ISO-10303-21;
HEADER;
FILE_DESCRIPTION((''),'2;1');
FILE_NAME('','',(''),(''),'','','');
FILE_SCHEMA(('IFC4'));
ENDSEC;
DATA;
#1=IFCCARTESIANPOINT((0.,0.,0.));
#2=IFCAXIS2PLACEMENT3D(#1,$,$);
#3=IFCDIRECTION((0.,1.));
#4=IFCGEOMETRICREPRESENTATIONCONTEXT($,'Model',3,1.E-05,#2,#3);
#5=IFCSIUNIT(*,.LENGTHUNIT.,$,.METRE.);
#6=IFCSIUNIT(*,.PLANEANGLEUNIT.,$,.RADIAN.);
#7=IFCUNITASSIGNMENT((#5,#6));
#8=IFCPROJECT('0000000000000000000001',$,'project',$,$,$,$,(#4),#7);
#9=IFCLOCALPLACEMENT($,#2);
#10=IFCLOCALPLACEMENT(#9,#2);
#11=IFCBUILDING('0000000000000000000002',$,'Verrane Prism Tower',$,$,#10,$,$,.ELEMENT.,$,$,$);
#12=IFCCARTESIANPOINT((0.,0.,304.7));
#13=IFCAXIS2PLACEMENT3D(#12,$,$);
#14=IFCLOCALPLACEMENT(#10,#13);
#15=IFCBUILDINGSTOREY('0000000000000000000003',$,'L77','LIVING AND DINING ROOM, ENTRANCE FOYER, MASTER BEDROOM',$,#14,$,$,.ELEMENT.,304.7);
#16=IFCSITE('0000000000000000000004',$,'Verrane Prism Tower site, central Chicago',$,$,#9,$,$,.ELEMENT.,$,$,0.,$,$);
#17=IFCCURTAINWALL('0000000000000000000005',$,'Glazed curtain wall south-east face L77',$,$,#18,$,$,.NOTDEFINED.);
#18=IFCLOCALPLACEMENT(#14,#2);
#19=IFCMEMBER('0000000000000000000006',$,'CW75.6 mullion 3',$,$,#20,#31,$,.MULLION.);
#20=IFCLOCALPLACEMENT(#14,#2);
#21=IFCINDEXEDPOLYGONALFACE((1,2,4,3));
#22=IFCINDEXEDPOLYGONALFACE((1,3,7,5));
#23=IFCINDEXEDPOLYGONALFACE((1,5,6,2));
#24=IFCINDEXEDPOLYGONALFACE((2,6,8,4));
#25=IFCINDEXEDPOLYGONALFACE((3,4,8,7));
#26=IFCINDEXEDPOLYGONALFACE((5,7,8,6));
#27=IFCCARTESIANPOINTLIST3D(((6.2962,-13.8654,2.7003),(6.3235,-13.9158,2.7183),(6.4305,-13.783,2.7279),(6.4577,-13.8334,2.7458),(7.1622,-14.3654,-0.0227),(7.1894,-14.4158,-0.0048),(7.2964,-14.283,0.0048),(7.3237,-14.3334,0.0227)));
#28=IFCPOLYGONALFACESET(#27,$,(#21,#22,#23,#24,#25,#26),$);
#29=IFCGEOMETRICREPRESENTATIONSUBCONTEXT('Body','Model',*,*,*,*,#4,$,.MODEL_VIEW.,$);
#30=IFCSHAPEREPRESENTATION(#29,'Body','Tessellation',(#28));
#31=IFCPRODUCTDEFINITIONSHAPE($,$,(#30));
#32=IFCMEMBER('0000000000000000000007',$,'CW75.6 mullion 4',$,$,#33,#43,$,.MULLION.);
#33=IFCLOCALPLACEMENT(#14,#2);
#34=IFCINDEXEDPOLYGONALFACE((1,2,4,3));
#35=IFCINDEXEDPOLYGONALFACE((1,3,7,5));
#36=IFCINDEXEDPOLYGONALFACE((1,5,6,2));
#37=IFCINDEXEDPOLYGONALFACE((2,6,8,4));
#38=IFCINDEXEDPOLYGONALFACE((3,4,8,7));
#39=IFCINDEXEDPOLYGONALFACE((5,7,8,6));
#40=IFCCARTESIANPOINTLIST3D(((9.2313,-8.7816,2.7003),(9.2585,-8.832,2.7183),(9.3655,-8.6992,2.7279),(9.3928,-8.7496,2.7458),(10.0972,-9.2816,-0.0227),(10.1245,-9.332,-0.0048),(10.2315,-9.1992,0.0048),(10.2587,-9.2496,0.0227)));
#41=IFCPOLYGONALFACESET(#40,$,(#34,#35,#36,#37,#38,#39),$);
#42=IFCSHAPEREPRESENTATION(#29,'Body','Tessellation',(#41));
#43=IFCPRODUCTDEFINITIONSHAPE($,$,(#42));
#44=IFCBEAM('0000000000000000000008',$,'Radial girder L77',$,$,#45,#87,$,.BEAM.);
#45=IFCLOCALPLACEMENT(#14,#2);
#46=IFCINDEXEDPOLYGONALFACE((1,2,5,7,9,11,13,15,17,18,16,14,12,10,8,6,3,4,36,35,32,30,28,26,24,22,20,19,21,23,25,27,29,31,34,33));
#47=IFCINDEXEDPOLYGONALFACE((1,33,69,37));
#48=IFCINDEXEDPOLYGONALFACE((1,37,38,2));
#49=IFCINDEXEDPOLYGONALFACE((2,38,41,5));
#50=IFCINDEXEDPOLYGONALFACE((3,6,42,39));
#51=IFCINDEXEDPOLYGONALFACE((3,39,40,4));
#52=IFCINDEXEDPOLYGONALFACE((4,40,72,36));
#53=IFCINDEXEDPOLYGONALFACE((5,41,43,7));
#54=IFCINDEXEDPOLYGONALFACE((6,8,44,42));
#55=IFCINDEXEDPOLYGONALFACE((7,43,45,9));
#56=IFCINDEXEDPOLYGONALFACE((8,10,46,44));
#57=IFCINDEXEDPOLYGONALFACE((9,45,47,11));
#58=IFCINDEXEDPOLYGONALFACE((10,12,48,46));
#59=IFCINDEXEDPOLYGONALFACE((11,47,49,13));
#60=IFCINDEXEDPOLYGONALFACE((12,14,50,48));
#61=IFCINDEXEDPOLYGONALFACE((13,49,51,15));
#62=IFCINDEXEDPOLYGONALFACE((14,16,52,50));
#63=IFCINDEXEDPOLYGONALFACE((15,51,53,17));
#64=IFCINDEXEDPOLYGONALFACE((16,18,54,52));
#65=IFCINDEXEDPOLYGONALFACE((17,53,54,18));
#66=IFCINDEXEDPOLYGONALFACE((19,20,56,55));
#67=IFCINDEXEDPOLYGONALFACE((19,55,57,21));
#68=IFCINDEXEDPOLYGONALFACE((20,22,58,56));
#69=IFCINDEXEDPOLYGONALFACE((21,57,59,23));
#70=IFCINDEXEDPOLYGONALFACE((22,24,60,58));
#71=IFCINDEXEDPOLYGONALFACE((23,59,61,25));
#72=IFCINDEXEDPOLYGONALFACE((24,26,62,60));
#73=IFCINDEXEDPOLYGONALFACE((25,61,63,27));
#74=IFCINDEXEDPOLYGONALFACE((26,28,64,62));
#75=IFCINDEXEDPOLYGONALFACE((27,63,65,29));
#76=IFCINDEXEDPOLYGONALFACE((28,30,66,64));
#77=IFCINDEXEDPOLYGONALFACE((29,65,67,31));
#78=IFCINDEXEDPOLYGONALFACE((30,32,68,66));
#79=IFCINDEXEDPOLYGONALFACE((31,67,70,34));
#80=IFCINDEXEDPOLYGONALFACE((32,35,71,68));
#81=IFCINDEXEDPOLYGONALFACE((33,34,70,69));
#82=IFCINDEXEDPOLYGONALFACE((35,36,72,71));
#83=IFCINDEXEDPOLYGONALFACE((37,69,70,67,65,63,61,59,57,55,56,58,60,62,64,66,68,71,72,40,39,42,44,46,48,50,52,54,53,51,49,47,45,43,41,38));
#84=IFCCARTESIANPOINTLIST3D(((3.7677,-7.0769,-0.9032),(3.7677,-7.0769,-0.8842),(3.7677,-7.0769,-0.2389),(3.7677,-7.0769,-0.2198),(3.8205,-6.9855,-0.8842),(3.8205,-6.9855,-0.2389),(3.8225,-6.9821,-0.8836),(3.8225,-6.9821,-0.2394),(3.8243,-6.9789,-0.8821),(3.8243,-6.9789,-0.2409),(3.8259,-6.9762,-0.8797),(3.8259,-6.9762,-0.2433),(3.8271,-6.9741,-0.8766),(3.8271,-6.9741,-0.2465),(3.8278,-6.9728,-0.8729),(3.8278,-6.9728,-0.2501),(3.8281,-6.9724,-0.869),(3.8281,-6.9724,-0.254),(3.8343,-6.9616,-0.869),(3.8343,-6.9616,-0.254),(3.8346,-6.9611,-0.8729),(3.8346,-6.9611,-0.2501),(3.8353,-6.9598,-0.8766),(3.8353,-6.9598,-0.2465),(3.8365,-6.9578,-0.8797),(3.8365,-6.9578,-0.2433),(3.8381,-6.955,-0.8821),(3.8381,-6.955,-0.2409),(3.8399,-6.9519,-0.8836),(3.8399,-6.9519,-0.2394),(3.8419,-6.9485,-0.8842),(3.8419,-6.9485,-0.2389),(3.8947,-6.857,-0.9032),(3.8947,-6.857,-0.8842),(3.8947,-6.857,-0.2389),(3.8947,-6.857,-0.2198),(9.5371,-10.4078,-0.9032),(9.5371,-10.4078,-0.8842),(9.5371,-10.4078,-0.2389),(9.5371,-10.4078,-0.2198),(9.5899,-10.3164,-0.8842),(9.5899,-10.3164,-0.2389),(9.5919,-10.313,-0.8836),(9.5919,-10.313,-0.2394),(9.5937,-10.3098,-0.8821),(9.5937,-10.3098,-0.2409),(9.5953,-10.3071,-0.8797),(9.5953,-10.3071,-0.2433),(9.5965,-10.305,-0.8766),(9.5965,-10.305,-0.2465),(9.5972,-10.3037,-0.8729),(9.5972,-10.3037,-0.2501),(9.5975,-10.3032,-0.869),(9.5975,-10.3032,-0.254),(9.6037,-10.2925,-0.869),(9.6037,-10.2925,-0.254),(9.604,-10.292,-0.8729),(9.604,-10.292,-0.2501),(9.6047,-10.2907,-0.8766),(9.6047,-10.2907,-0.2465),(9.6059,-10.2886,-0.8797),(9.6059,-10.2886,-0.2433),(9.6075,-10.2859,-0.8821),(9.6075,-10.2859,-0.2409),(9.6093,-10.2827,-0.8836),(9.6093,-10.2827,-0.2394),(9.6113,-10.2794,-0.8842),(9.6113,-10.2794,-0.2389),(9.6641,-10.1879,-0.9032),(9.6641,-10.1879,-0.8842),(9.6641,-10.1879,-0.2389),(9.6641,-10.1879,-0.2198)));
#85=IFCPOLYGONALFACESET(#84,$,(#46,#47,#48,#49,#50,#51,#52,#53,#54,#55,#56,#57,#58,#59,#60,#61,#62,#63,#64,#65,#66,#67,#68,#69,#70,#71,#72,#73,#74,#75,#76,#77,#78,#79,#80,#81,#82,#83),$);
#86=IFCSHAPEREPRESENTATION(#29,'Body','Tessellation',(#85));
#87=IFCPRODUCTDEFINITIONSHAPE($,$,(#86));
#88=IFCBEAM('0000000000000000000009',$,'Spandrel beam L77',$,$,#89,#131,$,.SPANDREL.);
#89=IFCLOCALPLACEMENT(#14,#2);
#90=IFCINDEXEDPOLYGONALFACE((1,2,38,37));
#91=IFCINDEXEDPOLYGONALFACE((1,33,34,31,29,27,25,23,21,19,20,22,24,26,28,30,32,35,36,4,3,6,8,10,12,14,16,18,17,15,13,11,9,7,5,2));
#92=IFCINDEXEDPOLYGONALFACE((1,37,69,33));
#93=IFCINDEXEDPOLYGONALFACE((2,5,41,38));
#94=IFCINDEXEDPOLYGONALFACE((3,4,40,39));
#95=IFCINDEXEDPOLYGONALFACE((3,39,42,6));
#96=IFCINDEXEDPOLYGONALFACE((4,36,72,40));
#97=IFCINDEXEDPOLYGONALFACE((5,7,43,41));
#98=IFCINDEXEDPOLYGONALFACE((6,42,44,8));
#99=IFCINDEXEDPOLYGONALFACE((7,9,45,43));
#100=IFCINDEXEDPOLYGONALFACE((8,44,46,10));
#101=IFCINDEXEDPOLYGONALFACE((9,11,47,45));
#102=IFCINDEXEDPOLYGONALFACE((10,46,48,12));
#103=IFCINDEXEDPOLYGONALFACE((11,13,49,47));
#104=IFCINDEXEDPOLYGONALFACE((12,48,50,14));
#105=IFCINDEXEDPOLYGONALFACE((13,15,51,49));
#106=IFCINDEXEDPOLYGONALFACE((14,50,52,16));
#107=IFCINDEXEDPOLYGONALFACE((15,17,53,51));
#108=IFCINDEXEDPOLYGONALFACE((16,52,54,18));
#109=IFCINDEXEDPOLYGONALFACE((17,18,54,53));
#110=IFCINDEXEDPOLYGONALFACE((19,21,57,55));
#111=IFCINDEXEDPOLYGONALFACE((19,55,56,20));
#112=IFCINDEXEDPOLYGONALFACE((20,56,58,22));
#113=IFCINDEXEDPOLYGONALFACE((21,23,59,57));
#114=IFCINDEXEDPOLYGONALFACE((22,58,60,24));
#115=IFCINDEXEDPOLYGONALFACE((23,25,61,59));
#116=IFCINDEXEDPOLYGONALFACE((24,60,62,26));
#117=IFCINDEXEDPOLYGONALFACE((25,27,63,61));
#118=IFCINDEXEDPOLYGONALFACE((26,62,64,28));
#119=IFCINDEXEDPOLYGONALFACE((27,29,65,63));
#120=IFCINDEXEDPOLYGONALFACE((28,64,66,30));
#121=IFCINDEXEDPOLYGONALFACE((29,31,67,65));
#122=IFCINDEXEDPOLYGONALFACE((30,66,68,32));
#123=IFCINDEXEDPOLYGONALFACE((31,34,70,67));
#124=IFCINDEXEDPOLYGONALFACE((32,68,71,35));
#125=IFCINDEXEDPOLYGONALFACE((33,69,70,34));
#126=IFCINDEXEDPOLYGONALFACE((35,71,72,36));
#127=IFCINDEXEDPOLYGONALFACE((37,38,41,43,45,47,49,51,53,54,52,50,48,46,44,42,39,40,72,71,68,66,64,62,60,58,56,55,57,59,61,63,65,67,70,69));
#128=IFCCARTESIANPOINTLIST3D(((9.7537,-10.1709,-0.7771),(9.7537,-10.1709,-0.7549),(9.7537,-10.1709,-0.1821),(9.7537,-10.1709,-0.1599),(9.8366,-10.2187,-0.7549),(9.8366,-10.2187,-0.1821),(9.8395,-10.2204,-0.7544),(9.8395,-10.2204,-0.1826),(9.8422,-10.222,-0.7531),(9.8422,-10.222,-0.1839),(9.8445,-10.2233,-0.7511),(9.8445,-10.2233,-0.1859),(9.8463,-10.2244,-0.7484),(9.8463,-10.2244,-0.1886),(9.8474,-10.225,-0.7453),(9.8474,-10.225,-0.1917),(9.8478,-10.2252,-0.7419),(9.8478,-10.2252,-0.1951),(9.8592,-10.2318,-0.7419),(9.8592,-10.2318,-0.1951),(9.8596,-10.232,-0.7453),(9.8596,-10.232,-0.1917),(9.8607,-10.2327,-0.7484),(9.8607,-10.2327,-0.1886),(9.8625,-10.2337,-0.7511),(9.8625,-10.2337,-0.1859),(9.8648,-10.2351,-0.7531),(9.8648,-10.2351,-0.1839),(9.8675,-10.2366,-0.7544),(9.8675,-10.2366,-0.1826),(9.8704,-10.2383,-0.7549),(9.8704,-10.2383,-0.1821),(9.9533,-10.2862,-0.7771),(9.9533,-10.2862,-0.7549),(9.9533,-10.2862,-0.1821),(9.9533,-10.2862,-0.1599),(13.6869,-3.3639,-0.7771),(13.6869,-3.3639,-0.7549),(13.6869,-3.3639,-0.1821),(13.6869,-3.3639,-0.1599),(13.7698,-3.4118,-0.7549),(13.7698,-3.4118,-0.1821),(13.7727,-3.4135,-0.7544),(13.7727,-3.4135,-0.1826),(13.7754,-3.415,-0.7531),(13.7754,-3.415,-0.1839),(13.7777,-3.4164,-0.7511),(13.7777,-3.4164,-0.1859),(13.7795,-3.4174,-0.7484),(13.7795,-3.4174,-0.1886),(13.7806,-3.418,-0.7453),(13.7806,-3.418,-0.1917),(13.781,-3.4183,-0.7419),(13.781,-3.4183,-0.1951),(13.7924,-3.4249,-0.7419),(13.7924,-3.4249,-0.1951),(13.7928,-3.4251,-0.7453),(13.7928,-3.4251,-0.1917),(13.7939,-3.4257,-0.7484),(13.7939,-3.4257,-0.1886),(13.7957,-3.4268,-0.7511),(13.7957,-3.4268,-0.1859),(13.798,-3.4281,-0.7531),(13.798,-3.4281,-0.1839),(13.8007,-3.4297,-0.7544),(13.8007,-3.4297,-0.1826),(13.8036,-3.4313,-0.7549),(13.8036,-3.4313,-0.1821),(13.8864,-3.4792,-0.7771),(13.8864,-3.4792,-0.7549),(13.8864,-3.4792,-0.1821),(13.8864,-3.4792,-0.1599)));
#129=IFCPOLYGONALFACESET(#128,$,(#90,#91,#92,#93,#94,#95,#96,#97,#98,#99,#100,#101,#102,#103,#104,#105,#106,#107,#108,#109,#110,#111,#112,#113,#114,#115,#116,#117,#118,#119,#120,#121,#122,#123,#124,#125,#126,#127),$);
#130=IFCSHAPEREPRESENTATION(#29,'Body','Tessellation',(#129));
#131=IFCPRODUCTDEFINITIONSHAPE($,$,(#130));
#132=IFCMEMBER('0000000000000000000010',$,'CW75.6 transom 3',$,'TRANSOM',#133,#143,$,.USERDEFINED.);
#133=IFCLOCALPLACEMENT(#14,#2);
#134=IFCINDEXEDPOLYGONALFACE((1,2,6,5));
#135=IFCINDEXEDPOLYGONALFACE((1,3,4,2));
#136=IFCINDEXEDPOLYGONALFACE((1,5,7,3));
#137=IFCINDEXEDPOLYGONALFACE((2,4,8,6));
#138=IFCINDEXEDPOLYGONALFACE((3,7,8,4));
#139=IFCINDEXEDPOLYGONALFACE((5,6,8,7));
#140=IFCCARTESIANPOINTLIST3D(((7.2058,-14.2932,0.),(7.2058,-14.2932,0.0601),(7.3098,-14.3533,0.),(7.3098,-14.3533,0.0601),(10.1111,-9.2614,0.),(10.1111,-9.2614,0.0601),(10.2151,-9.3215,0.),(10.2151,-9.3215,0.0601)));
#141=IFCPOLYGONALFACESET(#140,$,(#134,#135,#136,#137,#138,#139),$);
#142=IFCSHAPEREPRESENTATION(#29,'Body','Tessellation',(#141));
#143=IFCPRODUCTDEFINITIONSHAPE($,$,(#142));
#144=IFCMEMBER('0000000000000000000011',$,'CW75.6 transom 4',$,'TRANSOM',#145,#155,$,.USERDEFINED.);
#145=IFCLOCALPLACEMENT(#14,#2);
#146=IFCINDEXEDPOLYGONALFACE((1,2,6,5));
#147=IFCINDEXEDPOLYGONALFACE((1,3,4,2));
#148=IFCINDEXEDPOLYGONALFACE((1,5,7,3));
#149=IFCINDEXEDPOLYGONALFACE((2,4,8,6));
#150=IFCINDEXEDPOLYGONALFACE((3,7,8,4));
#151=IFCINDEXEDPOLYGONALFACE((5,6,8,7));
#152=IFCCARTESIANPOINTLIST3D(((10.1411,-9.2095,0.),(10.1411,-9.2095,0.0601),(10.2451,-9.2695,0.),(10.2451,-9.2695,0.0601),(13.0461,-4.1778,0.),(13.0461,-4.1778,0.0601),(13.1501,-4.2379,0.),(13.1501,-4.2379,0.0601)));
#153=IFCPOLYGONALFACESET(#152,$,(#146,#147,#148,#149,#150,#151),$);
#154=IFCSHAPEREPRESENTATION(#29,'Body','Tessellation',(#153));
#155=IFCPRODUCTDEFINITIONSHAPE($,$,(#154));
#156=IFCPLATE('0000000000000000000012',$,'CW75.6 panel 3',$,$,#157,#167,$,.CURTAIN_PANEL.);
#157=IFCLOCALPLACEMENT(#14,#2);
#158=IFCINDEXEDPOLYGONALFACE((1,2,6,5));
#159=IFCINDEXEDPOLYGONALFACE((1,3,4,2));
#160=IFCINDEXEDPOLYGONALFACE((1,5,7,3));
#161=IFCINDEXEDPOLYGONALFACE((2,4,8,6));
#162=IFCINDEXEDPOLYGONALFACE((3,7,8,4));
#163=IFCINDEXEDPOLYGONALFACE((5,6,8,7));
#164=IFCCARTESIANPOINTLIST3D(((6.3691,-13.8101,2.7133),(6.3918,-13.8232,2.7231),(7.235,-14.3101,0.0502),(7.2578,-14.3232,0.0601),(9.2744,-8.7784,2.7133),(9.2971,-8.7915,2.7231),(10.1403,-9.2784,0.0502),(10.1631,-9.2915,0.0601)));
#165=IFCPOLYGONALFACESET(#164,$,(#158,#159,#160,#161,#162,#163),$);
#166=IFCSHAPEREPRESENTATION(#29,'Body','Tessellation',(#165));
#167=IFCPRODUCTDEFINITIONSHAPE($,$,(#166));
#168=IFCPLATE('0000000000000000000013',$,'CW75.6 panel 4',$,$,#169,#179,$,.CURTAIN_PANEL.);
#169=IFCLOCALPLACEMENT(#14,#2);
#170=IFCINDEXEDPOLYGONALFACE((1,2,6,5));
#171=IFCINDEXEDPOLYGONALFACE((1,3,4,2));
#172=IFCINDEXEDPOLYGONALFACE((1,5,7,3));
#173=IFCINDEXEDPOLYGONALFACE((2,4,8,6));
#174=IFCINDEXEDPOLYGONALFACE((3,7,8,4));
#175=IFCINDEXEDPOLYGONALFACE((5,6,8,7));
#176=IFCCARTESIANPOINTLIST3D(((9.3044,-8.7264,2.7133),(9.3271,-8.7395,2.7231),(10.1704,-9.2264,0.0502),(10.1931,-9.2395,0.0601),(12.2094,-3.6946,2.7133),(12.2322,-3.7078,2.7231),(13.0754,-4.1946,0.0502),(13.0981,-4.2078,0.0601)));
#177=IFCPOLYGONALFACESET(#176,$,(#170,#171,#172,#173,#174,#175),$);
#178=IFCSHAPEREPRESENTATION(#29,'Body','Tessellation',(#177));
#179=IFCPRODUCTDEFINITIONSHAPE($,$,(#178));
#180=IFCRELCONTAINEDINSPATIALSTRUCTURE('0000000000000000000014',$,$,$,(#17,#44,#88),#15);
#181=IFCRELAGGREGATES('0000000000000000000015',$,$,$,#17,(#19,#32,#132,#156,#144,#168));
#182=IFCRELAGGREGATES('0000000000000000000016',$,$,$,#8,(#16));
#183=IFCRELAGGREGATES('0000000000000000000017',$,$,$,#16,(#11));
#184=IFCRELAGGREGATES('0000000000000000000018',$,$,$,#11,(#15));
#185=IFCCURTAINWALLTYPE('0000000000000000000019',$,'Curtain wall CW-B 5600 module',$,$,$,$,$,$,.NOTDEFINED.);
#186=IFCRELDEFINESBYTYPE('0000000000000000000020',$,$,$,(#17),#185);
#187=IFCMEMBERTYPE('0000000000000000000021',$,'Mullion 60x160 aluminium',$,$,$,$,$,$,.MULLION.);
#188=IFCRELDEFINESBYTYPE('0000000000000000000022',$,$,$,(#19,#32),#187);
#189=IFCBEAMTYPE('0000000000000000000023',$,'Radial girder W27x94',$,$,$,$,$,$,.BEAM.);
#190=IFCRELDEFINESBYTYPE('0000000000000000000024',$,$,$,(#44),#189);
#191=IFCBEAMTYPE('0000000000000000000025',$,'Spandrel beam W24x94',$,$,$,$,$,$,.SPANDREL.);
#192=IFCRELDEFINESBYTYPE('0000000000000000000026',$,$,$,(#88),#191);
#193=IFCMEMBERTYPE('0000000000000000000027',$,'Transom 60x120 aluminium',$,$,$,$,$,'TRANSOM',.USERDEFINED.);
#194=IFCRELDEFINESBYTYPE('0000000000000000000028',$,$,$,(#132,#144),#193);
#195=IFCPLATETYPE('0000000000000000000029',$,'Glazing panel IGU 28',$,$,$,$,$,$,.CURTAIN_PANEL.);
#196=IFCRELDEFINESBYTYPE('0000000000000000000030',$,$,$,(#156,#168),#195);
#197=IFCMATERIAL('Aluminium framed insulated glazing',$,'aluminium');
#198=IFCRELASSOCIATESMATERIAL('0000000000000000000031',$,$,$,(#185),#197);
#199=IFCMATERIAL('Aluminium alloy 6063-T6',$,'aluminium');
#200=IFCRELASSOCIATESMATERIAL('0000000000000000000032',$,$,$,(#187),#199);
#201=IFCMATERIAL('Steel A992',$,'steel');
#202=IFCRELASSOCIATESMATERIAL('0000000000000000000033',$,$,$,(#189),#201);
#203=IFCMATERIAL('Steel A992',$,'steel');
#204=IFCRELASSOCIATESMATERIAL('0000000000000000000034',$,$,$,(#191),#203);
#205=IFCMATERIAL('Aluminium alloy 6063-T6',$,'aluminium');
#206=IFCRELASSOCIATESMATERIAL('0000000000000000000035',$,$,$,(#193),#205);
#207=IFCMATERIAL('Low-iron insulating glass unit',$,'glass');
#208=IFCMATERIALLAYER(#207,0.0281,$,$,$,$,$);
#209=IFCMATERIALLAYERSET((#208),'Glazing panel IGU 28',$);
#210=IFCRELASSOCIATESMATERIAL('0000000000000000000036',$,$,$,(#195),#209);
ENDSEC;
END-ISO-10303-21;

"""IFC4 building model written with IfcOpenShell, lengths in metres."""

from ifc_helpers import new_model, si_unit, direction, frame, origin, origin_2d, place, context, subcontext, project, spatial, polyline, rectangle, i_section, outline, extrude, material, layer, layer_set, material_profile, profile_set, type_object, element, aggregate, save


model = new_model("IFC4")

# Units and contexts
model_context = context("Model", 3, precision=1e-05, world=origin(), true_north=direction((0.0, 1.0)))
body_context = subcontext(model_context, "Body", "Model", "MODEL_VIEW")
ifc_project = project(units=[si_unit("LENGTHUNIT", "METRE"), si_unit("PLANEANGLEUNIT", "RADIAN")], contexts=[model_context])

# Site, building, storey
site_placement = place(None, origin())
site = spatial("IfcSite", under=ifc_project, at=site_placement, Name="Verrane Prism Tower site, central Chicago", CompositionType="ELEMENT", RefElevation=0.0)
building_placement = place(site_placement, origin())
building = spatial("IfcBuilding", under=site, at=building_placement, Name="Verrane Prism Tower", CompositionType="ELEMENT")
storey_placement = place(building_placement, frame((0.0, 0.0, 304.7)))
storey = spatial("IfcBuildingStorey", under=building, at=storey_placement, Name="L77", Description="LIVING AND DINING ROOM, ENTRANCE FOYER, MASTER BEDROOM", CompositionType="ELEMENT", Elevation=304.7)

# Curtain wall, members
ifc_material_1 = material(Name="Aluminium framed insulated glazing", Category="aluminium")
curtain_wall_type = type_object("IfcCurtainWallType", Name="Curtain wall CW-B 5600 module", PredefinedType="NOTDEFINED", material=ifc_material_1)
curtain_wall_placement = place(storey_placement, origin())
curtain_wall = element("IfcCurtainWall", 1, at=curtain_wall_placement, inside=storey, type_object=curtain_wall_type, Name="Glazed curtain wall south-east face L77", PredefinedType="NOTDEFINED")
ifc_material_2 = material(Name="Aluminium alloy 6063-T6", Category="aluminium")
ifc_material_profile_1 = material_profile(ifc_material_2, rectangle(XDim=0.1599, YDim=0.0601, at=origin_2d()), Name="Mullion 60x160 aluminium")
ifc_profile_set_1 = profile_set([ifc_material_profile_1], Name="Aluminium alloy 6063-T6")
member_type_1 = type_object("IfcMemberType", Name="Mullion 60x160 aluminium", PredefinedType="MULLION", material=ifc_profile_set_1)
member_1_placement = place(storey_placement, frame((7.2429, -14.3494, 0.0), z_axis=(-0.298513, 0.172358, 0.938713), x_axis=(0.839503, 0.515296, 0.17235)))
member_1 = element("IfcMember", 2, at=member_1_placement, type_object=member_type_1, Name="CW75.6 mullion 3", PredefinedType="MULLION", context=body_context, shape_type="SweptSolid", body=[
    extrude(rectangle(XDim=0.1599, YDim=0.0601, at=origin_2d()), origin(), (0.0, 0.0, 1.0), 2.9009),
])
member_2_placement = place(storey_placement, frame((10.178, -9.2656, 0.0), z_axis=(-0.298513, 0.172358, 0.938713), x_axis=(0.839503, 0.515296, 0.17235)))
member_2 = element("IfcMember", 3, at=member_2_placement, type_object=member_type_1, Name="CW75.6 mullion 4", PredefinedType="MULLION", context=body_context, shape_type="SweptSolid", body=[
    extrude(rectangle(XDim=0.1599, YDim=0.0601, at=origin_2d()), origin(), (0.0, 0.0, 1.0), 2.9009),
])

# Beams
ifc_material_3 = material(Name="Steel A992", Category="steel")
ifc_material_profile_2 = material_profile(ifc_material_3, i_section(OverallWidth=0.2539, OverallDepth=0.6833, WebThickness=0.0125, FlangeThickness=0.019, FilletRadius=0.0151, at=origin_2d()), Name="W27x94")
ifc_profile_set_2 = profile_set([ifc_material_profile_2], Name="Steel A992")
beam_type_1 = type_object("IfcBeamType", Name="Radial girder W27x94", PredefinedType="BEAM", material=ifc_profile_set_2)
beam_1_placement = place(storey_placement, frame((9.6006, -10.2979, -0.5615), z_axis=(-0.866031, 0.49999, 0.0), x_axis=(-0.49999, -0.866031, 0.0)))
element("IfcBeam", 4, at=beam_1_placement, inside=storey, type_object=beam_type_1, Name="Radial girder L77", PredefinedType="BEAM", context=body_context, shape_type="SweptSolid", body=[
    extrude(i_section(OverallWidth=0.2539, OverallDepth=0.6833, WebThickness=0.0125, FlangeThickness=0.019, FilletRadius=0.0151, at=origin_2d()), origin(), (0.0, 0.0, 1.0), 6.6619),
])
ifc_material_4 = material(Name="Steel A992", Category="steel")
ifc_material_profile_3 = material_profile(ifc_material_4, i_section(OverallWidth=0.2305, OverallDepth=0.6172, WebThickness=0.0132, FlangeThickness=0.0222, FilletRadius=0.0129, at=origin_2d()), Name="W24x94")
ifc_profile_set_3 = profile_set([ifc_material_profile_3], Name="Steel A992")
beam_type_2 = type_object("IfcBeamType", Name="Spandrel beam W24x94", PredefinedType="SPANDREL", material=ifc_profile_set_3)
beam_2_placement = place(storey_placement, frame((9.8535, -10.2285, -0.4685), z_axis=(0.5003, 0.865852, 0.0), x_axis=(-0.865852, 0.5003, 0.0)))
element("IfcBeam", 5, at=beam_2_placement, inside=storey, type_object=beam_type_2, Name="Spandrel beam L77", PredefinedType="SPANDREL", context=body_context, shape_type="SweptSolid", body=[
    extrude(i_section(OverallWidth=0.2305, OverallDepth=0.6172, WebThickness=0.0132, FlangeThickness=0.0222, FilletRadius=0.0129, at=origin_2d()), origin(), (0.0, 0.0, 1.0), 7.8616),
])

# Members
ifc_material_5 = material(Name="Aluminium alloy 6063-T6", Category="aluminium")
ifc_material_profile_4 = material_profile(ifc_material_5, rectangle(XDim=0.1201, YDim=0.0601, at=origin_2d()), Name="Transom 60x120 aluminium")
ifc_profile_set_4 = profile_set([ifc_material_profile_4], Name="Aluminium alloy 6063-T6")
member_type_2 = type_object("IfcMemberType", Name="Transom 60x120 aluminium", ElementType="TRANSOM", PredefinedType="USERDEFINED", material=ifc_profile_set_4)
member_3_placement = place(storey_placement, frame((7.2578, -14.3232, 0.03), z_axis=(0.500026, 0.866011, 0.0), x_axis=(-0.866011, 0.500026, 0.0)))
member_3 = element("IfcMember", 6, at=member_3_placement, type_object=member_type_2, Name="CW75.6 transom 3", ObjectType="TRANSOM", PredefinedType="USERDEFINED", context=body_context, shape_type="SweptSolid", body=[
    extrude(rectangle(XDim=0.1201, YDim=0.0601, at=origin_2d()), origin(), (0.0, 0.0, 1.0), 5.8103),
])
member_4_placement = place(storey_placement, frame((10.1931, -9.2395, 0.03), z_axis=(0.499994, 0.866029, 0.0), x_axis=(-0.866029, 0.499994, 0.0)))
member_4 = element("IfcMember", 7, at=member_4_placement, type_object=member_type_2, Name="CW75.6 transom 4", ObjectType="TRANSOM", PredefinedType="USERDEFINED", context=body_context, shape_type="SweptSolid", body=[
    extrude(rectangle(XDim=0.1201, YDim=0.0601, at=origin_2d()), origin(), (0.0, 0.0, 1.0), 5.8101),
])

# Plates
ifc_material_6 = material(Name="Low-iron insulating glass unit", Category="glass")
ifc_layer_1 = layer(ifc_material_6, 0.0281)
ifc_layer_set_1 = layer_set([ifc_layer_1], Name="Glazing panel IGU 28")
plate_type = type_object("IfcPlateType", Name="Glazing panel IGU 28", PredefinedType="CURTAIN_PANEL", material=ifc_layer_set_1)
plate_1_placement = place(storey_placement, frame((7.2578, -14.3232, 0.0601), z_axis=(0.810742, -0.468114, 0.351522), x_axis=(0.500026, 0.866011, 0.0)))
plate_1 = element("IfcPlate", 8, at=plate_1_placement, type_object=plate_type, Name="CW75.6 panel 3", PredefinedType="CURTAIN_PANEL", context=body_context, shape_type="SweptSolid", body=[
    extrude(outline(polyline([(0.0, 0.0), (5.8102, 0.0), (5.8102, 2.8446), (0.0, 2.8446), (0.0, 0.0)])), origin(), (0.0, 0.0, -1.0), 0.0281),
])
plate_2_placement = place(storey_placement, frame((10.1931, -9.2395, 0.0601), z_axis=(0.810759, -0.468084, 0.351522), x_axis=(0.499994, 0.866029, 0.0)))
plate_2 = element("IfcPlate", 9, at=plate_2_placement, type_object=plate_type, Name="CW75.6 panel 4", PredefinedType="CURTAIN_PANEL", context=body_context, shape_type="SweptSolid", body=[
    extrude(outline(polyline([(0.0, 0.0), (5.8101, 0.0), (5.8102, 2.8446), (0.0, 2.8446), (0.0, 0.0)])), origin(), (0.0, 0.0, -1.0), 0.0281),
])
aggregate(curtain_wall, [member_1, member_2, member_3, plate_1, member_4, plate_2])

save(model, "model.ifc")
